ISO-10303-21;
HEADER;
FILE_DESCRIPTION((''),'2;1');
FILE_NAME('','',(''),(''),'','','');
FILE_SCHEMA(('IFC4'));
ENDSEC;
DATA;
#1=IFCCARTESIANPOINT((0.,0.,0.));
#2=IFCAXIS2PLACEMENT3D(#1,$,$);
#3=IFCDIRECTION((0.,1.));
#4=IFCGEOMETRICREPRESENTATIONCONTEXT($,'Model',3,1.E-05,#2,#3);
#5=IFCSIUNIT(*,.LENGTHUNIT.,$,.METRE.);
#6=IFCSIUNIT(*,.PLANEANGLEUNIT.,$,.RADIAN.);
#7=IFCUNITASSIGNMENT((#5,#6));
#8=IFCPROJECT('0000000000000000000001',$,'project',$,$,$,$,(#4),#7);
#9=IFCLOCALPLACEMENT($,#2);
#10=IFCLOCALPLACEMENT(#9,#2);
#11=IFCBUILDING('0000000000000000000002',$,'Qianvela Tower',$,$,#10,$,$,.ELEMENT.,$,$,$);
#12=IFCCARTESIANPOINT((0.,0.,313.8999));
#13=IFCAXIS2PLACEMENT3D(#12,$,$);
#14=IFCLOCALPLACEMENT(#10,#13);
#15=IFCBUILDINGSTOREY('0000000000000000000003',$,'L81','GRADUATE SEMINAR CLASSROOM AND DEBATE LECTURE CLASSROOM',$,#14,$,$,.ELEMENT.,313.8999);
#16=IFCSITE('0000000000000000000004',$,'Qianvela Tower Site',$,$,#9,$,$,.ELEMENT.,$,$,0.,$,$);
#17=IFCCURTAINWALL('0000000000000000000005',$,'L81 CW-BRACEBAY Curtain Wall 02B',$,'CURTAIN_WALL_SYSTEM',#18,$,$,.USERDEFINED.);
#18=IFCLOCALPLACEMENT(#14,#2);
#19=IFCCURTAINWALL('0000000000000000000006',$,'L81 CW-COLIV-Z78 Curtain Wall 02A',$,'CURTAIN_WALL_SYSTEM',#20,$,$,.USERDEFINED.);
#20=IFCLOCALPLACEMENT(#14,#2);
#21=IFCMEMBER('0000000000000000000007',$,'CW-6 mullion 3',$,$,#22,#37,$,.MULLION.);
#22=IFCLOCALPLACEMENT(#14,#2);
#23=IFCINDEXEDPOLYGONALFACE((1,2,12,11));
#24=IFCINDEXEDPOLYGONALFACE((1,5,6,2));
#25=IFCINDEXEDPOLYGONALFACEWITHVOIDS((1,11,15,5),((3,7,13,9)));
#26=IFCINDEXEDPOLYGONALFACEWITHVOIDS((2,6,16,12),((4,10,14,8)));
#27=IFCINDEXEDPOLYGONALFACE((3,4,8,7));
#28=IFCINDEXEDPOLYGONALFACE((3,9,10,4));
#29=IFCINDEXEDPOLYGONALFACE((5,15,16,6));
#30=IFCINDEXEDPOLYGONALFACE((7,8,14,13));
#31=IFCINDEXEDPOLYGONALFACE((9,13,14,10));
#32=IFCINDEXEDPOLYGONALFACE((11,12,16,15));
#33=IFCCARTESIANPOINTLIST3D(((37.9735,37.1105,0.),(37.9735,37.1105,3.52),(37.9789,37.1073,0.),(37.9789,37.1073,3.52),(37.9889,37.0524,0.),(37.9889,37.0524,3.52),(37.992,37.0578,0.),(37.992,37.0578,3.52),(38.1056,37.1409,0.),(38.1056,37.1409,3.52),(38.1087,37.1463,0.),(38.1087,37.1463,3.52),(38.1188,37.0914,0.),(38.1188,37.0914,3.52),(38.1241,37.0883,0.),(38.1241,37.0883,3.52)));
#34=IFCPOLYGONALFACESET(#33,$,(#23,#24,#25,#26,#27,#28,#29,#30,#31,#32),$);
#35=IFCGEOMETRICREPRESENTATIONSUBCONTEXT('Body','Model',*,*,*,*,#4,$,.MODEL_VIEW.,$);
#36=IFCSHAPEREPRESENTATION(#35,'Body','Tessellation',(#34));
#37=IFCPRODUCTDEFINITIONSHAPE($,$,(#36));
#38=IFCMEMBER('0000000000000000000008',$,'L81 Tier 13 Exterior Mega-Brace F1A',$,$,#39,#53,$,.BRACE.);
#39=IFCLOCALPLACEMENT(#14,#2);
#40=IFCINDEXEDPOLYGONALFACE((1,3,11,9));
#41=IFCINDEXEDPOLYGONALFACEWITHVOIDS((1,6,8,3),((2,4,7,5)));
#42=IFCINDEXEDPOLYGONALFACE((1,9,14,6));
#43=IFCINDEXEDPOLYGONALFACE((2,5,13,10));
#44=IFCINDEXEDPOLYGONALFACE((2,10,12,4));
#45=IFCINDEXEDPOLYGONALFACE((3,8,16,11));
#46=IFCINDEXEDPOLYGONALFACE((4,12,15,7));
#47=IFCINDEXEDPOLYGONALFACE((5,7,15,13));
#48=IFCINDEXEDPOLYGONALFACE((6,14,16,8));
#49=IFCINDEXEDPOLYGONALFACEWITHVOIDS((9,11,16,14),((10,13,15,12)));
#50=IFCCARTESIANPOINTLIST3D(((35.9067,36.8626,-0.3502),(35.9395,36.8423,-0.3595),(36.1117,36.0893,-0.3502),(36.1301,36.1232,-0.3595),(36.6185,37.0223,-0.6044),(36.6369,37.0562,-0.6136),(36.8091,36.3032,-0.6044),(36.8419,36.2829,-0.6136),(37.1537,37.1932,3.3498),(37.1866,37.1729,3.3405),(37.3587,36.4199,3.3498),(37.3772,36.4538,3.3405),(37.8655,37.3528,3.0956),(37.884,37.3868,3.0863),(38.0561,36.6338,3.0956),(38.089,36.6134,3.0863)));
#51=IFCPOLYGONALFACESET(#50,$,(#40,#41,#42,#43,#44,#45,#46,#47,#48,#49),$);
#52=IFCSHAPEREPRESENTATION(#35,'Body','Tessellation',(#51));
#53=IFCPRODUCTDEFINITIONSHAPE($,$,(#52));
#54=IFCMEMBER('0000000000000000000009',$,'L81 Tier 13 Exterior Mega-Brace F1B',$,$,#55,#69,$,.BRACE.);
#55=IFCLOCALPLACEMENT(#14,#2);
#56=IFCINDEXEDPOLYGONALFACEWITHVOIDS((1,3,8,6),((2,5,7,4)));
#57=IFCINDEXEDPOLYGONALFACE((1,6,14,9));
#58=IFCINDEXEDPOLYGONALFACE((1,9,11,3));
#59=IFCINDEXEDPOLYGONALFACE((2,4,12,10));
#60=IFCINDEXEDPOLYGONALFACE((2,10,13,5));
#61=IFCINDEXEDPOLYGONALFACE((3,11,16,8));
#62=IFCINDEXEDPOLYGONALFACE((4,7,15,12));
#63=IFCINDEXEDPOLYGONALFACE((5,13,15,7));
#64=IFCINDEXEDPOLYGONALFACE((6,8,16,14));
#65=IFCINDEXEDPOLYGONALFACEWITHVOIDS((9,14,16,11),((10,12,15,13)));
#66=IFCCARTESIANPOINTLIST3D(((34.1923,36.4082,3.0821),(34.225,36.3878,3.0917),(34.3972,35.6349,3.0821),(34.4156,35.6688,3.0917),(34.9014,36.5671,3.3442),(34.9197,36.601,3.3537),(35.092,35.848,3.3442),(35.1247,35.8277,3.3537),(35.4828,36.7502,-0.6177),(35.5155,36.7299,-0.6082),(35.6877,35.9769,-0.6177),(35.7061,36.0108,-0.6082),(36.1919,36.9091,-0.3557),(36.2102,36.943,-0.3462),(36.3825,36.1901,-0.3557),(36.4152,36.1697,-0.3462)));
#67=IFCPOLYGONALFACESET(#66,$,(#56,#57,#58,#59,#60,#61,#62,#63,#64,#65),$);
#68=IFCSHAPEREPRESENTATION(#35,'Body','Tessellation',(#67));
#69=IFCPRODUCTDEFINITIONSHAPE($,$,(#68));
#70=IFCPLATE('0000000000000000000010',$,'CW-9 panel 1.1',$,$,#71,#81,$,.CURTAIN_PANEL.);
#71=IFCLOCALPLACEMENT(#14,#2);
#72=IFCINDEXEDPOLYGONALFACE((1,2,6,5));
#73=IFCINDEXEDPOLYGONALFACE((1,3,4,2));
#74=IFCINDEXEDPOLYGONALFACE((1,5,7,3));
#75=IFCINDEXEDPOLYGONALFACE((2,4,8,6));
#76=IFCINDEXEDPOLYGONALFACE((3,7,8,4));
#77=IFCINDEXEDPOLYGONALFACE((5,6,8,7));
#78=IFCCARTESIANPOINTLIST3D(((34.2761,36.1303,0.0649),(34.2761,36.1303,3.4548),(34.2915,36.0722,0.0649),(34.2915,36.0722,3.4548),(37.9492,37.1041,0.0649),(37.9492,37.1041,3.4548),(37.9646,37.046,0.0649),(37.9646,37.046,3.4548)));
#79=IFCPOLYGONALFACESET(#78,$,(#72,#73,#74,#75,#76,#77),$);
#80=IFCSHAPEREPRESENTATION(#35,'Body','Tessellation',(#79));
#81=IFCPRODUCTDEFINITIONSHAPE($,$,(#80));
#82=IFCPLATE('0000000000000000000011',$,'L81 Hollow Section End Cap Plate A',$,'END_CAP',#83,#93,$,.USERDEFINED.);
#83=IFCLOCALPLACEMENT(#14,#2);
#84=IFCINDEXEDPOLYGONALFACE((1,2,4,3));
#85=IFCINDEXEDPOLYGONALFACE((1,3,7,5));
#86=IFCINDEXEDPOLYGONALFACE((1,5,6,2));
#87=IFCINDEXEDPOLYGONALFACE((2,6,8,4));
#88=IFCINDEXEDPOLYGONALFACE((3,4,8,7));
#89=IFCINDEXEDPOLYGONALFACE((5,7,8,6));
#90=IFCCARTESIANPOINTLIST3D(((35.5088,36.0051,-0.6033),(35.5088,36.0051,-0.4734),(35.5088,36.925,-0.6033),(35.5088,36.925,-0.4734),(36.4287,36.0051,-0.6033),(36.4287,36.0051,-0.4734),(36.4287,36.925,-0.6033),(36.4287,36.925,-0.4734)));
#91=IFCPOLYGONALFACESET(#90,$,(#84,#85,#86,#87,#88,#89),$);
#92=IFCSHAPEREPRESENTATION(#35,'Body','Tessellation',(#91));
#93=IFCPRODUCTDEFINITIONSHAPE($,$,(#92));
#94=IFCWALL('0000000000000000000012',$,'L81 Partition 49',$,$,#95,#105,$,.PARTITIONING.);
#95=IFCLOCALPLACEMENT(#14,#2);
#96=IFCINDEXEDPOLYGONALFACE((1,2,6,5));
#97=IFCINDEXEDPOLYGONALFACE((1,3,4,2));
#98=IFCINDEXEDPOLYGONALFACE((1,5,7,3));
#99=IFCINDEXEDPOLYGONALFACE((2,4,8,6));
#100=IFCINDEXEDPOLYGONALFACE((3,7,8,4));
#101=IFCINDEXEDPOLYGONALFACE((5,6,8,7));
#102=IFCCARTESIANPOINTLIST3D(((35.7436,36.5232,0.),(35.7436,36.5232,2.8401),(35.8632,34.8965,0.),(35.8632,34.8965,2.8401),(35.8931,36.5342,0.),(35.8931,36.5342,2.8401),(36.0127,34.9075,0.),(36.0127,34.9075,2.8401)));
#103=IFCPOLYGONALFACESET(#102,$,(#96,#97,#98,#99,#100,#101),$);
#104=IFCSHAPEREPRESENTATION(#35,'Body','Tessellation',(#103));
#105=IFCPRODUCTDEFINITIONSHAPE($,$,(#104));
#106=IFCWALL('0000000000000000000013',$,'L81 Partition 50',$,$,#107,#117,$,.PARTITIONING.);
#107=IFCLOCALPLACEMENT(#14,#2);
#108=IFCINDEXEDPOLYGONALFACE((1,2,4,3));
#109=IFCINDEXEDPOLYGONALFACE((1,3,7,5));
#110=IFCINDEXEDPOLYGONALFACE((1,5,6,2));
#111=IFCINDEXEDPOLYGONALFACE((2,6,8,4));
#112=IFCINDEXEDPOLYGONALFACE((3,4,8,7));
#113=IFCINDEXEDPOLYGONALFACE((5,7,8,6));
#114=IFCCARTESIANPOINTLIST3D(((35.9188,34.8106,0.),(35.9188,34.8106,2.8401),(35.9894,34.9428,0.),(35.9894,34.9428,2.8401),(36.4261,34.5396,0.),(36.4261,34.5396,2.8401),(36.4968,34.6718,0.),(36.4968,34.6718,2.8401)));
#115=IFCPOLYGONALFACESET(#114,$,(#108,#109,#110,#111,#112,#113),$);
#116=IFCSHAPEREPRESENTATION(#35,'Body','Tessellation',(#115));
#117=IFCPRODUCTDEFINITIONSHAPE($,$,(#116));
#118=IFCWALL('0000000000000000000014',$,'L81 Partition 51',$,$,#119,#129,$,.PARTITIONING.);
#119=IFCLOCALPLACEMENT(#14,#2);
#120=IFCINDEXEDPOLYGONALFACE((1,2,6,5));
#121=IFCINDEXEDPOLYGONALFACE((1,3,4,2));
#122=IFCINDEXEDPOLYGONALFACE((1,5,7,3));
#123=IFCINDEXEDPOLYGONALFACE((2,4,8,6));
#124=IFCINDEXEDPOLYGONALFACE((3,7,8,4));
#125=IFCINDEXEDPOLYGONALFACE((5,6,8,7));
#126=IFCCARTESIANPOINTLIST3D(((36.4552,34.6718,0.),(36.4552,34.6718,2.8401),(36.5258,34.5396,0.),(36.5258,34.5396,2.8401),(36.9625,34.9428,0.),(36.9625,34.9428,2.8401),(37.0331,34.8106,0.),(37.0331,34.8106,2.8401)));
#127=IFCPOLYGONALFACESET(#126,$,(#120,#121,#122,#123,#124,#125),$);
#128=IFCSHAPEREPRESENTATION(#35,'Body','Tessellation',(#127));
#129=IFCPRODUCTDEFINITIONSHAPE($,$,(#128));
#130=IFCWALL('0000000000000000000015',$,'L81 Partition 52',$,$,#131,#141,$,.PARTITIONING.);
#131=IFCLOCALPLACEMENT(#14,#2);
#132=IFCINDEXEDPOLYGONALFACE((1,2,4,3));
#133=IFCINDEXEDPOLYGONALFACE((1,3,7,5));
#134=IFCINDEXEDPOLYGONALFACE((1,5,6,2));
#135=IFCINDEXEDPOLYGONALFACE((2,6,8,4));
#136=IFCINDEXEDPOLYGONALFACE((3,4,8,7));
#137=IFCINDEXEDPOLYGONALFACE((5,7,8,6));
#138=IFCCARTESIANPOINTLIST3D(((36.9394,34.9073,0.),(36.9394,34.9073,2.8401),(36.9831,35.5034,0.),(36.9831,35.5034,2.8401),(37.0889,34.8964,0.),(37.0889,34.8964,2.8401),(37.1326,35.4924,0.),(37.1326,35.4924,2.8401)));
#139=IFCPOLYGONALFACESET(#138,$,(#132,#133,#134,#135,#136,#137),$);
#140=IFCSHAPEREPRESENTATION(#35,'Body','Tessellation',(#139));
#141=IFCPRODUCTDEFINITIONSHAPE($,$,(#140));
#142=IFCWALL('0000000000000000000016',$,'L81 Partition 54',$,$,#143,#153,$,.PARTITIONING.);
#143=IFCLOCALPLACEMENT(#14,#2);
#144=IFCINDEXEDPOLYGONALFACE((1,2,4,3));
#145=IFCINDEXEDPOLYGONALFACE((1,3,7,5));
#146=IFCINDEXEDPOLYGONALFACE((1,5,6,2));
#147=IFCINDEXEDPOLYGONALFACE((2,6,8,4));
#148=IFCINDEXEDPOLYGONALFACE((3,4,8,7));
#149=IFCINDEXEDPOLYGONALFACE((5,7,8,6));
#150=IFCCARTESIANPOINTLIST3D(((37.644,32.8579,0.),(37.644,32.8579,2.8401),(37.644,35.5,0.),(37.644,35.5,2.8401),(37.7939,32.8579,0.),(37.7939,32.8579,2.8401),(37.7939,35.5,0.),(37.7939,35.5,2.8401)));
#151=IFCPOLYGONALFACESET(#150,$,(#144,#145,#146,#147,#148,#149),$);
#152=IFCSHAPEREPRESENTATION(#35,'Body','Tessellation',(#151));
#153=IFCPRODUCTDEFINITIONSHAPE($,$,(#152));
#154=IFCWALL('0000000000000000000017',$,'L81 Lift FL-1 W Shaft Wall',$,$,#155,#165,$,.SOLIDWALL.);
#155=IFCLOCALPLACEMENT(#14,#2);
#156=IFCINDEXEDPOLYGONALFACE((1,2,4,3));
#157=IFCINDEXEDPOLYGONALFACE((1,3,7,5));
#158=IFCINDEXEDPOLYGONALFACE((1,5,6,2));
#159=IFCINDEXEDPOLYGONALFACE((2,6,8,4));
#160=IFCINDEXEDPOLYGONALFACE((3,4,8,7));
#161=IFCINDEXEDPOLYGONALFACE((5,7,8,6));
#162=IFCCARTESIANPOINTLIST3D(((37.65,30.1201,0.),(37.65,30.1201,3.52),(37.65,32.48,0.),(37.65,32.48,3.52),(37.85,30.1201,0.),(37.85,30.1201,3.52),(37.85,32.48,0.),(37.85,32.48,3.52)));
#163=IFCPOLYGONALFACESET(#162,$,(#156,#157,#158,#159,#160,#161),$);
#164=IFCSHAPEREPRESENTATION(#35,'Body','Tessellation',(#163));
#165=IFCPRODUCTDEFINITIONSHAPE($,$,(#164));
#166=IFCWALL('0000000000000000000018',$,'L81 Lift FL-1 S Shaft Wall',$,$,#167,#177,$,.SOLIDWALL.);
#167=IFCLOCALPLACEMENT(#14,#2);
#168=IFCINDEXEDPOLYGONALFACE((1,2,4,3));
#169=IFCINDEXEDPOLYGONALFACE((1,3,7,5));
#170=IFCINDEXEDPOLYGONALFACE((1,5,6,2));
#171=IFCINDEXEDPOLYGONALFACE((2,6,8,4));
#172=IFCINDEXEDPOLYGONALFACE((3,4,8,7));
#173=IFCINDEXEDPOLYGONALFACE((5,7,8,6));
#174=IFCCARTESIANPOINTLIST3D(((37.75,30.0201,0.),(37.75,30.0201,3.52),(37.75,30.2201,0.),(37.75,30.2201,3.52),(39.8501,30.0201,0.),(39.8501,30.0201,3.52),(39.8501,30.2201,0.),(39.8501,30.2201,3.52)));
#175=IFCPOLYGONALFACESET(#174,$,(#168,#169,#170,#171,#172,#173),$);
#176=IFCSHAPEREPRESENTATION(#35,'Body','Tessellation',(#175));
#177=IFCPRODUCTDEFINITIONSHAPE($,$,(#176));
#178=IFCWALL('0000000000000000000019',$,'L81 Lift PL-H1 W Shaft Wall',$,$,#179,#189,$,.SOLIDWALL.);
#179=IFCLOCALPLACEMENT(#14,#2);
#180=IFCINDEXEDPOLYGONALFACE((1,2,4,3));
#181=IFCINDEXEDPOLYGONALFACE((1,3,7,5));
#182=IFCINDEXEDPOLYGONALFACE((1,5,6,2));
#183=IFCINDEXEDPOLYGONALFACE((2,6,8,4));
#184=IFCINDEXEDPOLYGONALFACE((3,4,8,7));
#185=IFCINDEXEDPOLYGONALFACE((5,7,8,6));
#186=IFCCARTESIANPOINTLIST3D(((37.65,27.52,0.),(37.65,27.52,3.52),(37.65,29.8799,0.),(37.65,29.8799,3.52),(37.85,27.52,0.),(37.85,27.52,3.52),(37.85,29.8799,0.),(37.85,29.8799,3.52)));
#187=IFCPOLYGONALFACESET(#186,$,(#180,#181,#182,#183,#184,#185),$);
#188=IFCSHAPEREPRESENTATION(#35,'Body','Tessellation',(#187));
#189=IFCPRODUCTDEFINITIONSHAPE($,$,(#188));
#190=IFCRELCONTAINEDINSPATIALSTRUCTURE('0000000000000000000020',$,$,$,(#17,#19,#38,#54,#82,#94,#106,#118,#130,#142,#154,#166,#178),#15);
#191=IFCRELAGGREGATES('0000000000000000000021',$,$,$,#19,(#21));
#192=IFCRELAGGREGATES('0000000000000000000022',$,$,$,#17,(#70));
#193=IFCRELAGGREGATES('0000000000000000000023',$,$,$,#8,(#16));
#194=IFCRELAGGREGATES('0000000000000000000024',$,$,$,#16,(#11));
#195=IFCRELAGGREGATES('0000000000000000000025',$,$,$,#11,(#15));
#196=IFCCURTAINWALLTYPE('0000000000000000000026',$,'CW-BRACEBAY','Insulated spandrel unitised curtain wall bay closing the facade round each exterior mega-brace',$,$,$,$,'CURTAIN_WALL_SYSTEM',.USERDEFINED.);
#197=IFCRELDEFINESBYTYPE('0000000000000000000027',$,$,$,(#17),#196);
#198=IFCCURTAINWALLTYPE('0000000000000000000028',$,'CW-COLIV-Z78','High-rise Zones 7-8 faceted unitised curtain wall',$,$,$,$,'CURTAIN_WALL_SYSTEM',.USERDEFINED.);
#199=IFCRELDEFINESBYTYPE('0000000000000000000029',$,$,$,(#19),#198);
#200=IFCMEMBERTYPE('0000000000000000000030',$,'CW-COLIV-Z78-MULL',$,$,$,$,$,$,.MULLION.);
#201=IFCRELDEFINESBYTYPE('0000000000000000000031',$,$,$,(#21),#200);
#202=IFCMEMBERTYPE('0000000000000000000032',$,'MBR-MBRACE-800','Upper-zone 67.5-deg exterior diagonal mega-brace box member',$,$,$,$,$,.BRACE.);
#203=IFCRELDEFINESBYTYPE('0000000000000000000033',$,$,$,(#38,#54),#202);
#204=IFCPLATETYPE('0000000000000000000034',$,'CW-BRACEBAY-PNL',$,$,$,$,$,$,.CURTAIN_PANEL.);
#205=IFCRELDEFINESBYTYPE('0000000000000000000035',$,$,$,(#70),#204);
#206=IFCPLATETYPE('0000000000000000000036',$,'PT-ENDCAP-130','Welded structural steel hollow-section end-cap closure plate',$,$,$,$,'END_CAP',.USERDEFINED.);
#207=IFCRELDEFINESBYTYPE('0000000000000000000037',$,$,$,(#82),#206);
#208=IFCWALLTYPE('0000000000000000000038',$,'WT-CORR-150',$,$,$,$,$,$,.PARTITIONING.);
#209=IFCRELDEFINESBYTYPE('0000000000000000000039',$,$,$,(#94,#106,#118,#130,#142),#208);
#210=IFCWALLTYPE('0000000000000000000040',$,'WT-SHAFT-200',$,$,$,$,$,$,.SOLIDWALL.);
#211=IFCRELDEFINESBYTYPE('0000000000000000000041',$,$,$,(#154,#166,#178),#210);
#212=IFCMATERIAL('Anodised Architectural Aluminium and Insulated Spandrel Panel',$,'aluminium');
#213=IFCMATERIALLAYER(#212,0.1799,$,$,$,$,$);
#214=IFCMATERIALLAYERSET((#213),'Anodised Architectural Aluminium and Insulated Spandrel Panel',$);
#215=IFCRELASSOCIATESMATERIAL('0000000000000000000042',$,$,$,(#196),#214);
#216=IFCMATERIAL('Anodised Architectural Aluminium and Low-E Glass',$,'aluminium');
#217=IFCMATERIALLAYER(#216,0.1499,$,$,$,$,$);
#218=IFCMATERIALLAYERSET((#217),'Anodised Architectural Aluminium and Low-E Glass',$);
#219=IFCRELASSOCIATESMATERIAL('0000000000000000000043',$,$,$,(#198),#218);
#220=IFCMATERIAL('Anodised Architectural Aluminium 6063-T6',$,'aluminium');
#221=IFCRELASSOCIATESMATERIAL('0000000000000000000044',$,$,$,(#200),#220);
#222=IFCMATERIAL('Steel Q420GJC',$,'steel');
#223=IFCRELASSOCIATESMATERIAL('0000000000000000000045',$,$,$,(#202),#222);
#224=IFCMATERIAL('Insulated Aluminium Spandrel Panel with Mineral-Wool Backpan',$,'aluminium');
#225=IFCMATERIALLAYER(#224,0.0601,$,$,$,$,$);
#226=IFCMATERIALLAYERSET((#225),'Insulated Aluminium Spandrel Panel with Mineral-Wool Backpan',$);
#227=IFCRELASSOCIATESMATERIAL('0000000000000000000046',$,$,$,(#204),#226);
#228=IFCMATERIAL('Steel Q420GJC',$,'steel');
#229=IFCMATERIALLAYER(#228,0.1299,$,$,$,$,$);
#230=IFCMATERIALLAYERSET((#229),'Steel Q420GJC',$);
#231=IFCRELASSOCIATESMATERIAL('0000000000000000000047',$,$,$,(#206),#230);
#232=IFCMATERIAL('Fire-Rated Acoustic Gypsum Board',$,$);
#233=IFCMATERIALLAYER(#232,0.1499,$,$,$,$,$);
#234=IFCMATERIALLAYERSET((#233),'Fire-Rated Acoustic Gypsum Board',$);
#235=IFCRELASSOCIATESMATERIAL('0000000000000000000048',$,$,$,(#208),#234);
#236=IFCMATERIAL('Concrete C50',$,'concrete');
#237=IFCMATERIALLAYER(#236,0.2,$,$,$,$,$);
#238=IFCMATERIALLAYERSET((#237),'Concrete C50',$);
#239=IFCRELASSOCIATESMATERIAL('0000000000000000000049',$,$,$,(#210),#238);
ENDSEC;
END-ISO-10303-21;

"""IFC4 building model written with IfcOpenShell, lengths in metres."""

from ifc_helpers import new_model, si_unit, direction, frame, frame_2d, origin, origin_2d, place, context, subcontext, project, spatial, rectangle, hollow_rectangle, extrude, material, layer, layer_set, material_profile, profile_set, type_object, element, aggregate, save


model = new_model("IFC4")

# Units and contexts
model_context = context("Model", 3, precision=1e-05, world=origin(), true_north=direction((0.0, 1.0)))
body_context = subcontext(model_context, "Body", "Model", "MODEL_VIEW")
ifc_project = project(units=[si_unit("LENGTHUNIT", "METRE"), si_unit("PLANEANGLEUNIT", "RADIAN")], contexts=[model_context])

# Site, building, storey
site_placement = place(None, origin())
site = spatial("IfcSite", under=ifc_project, at=site_placement, Name="Qianvela Tower Site", CompositionType="ELEMENT", RefElevation=0.0)
building_placement = place(site_placement, origin())
building = spatial("IfcBuilding", under=site, at=building_placement, Name="Qianvela Tower", CompositionType="ELEMENT")
storey_placement = place(building_placement, frame((0.0, 0.0, 313.8999)))
storey = spatial("IfcBuildingStorey", under=building, at=storey_placement, Name="L81", Description="GRADUATE SEMINAR CLASSROOM AND DEBATE LECTURE CLASSROOM", CompositionType="ELEMENT", Elevation=313.8999)

# Curtain wall
ifc_material_1 = material(Name="Anodised Architectural Aluminium and Insulated Spandrel Panel", Category="aluminium")
ifc_layer_1 = layer(ifc_material_1, 0.1799)
ifc_layer_set_1 = layer_set([ifc_layer_1], Name="Anodised Architectural Aluminium and Insulated Spandrel Panel")
curtain_wall_type_1 = type_object("IfcCurtainWallType", Name="CW-BRACEBAY", Description="Insulated spandrel unitised curtain wall bay closing the facade round each exterior mega-brace", ElementType="CURTAIN_WALL_SYSTEM", PredefinedType="USERDEFINED", material=ifc_layer_set_1)
curtain_wall_1_placement = place(storey_placement, origin())
curtain_wall_1 = element("IfcCurtainWall", 1, at=curtain_wall_1_placement, inside=storey, type_object=curtain_wall_type_1, Name="L81 CW-BRACEBAY Curtain Wall 02B", ObjectType="CURTAIN_WALL_SYSTEM", PredefinedType="USERDEFINED")

# Curtain wall, member
ifc_material_2 = material(Name="Anodised Architectural Aluminium and Low-E Glass", Category="aluminium")
ifc_layer_2 = layer(ifc_material_2, 0.1499)
ifc_layer_set_2 = layer_set([ifc_layer_2], Name="Anodised Architectural Aluminium and Low-E Glass")
curtain_wall_type_2 = type_object("IfcCurtainWallType", Name="CW-COLIV-Z78", Description="High-rise Zones 7-8 faceted unitised curtain wall", ElementType="CURTAIN_WALL_SYSTEM", PredefinedType="USERDEFINED", material=ifc_layer_set_2)
curtain_wall_2_placement = place(storey_placement, origin())
curtain_wall_2 = element("IfcCurtainWall", 2, at=curtain_wall_2_placement, inside=storey, type_object=curtain_wall_type_2, Name="L81 CW-COLIV-Z78 Curtain Wall 02A", ObjectType="CURTAIN_WALL_SYSTEM", PredefinedType="USERDEFINED")
ifc_material_3 = material(Name="Anodised Architectural Aluminium 6063-T6", Category="aluminium")
ifc_material_profile_1 = material_profile(ifc_material_3, hollow_rectangle(XDim=0.0601, YDim=0.1399, WallThickness=0.0044, at=origin_2d()), Name="ALU-MULL-60x140")
ifc_profile_set_1 = profile_set([ifc_material_profile_1], Name="Anodised Architectural Aluminium 6063-T6")
member_type_1 = type_object("IfcMemberType", Name="CW-COLIV-Z78-MULL", PredefinedType="MULLION", material=ifc_profile_set_1)
member_1_placement = place(storey_placement, frame((38.0488, 37.0994, 0.0), z_axis=(0.0, 0.0, 1.0), x_axis=(0.256236, -0.966614, 0.0)))
member_1 = element("IfcMember", 3, at=member_1_placement, type_object=member_type_1, Name="CW-6 mullion 3", PredefinedType="MULLION", context=body_context, shape_type="SweptSolid", body=[
    extrude(hollow_rectangle(XDim=0.0601, YDim=0.1399, WallThickness=0.0044, at=origin_2d()), origin(), (0.0, 0.0, 1.0), 3.52),
])
aggregate(curtain_wall_2, [member_1])

# Members
ifc_material_4 = material(Name="Steel Q420GJC", Category="steel")
ifc_material_profile_2 = material_profile(ifc_material_4, hollow_rectangle(XDim=0.8, YDim=0.8, WallThickness=0.0281, at=origin_2d()), Name="MBOX-800x800x28")
ifc_profile_set_2 = profile_set([ifc_material_profile_2], Name="Steel Q420GJC")
member_type_2 = type_object("IfcMemberType", Name="MBR-MBRACE-800", Description="Upper-zone 67.5-deg exterior diagonal mega-brace box member", PredefinedType="BRACE", material=ifc_profile_set_2)
member_2_placement = place(storey_placement, frame((36.3743, 36.5728, -0.4819), z_axis=(0.318258, 0.084362, 0.944243), x_axis=(-0.256225, 0.966617, 0.0)))
element("IfcMember", 4, at=member_2_placement, inside=storey, type_object=member_type_2, Name="L81 Tier 13 Exterior Mega-Brace F1A", PredefinedType="BRACE", context=body_context, shape_type="SweptSolid", body=[
    extrude(hollow_rectangle(XDim=0.8, YDim=0.8, WallThickness=0.0281, at=origin_2d()), origin(), (0.0, 0.0, 1.0), 3.9185),
])
member_3_placement = place(storey_placement, frame((35.949, 36.46, -0.4819), z_axis=(-0.32809, -0.086957, 0.940636), x_axis=(0.256194, -0.966625, 0.0)))
element("IfcMember", 5, at=member_3_placement, inside=storey, type_object=member_type_2, Name="L81 Tier 13 Exterior Mega-Brace F1B", PredefinedType="BRACE", context=body_context, shape_type="SweptSolid", body=[
    extrude(hollow_rectangle(XDim=0.8, YDim=0.8, WallThickness=0.0281, at=origin_2d()), origin(), (0.0, 0.0, 1.0), 3.9333),
])

# Plates
ifc_material_5 = material(Name="Insulated Aluminium Spandrel Panel with Mineral-Wool Backpan", Category="aluminium")
ifc_layer_3 = layer(ifc_material_5, 0.0601)
ifc_layer_set_3 = layer_set([ifc_layer_3], Name="Insulated Aluminium Spandrel Panel with Mineral-Wool Backpan")
plate_type_1 = type_object("IfcPlateType", Name="CW-BRACEBAY-PNL", PredefinedType="CURTAIN_PANEL", material=ifc_layer_set_3)
plate_1_placement = place(storey_placement, frame((36.1204, 36.5881, 0.0649), z_axis=(0.0, 0.0, 1.0), x_axis=(-0.966609, -0.256258, 0.0)))
plate_1 = element("IfcPlate", 6, at=plate_1_placement, type_object=plate_type_1, Name="CW-9 panel 1.1", PredefinedType="CURTAIN_PANEL", context=body_context, shape_type="SweptSolid", body=[
    extrude(rectangle(XDim=3.8, YDim=0.0601, at=origin_2d()), origin(), (0.0, 0.0, 1.0), 3.3899),
])
aggregate(curtain_wall_1, [plate_1])
ifc_material_6 = material(Name="Steel Q420GJC", Category="steel")
ifc_layer_4 = layer(ifc_material_6, 0.1299)
ifc_layer_set_4 = layer_set([ifc_layer_4], Name="Steel Q420GJC")
plate_type_2 = type_object("IfcPlateType", Name="PT-ENDCAP-130", Description="Welded structural steel hollow-section end-cap closure plate", ElementType="END_CAP", PredefinedType="USERDEFINED", material=ifc_layer_set_4)
plate_2_placement = place(storey_placement, frame((35.9688, 36.4651, -0.6033), z_axis=(0.0, 0.0, 1.0), x_axis=(1.0, 0.0, 0.0)))
element("IfcPlate", 7, at=plate_2_placement, inside=storey, type_object=plate_type_2, Name="L81 Hollow Section End Cap Plate A", ObjectType="END_CAP", PredefinedType="USERDEFINED", context=body_context, shape_type="SweptSolid", body=[
    extrude(rectangle(XDim=0.9199, YDim=0.9199, at=origin_2d()), origin(), (0.0, 0.0, 1.0), 0.1299),
])

# Walls
ifc_material_7 = material(Name="Fire-Rated Acoustic Gypsum Board")
ifc_layer_5 = layer(ifc_material_7, 0.1499)
ifc_layer_set_5 = layer_set([ifc_layer_5], Name="Fire-Rated Acoustic Gypsum Board")
wall_type_1 = type_object("IfcWallType", Name="WT-CORR-150", PredefinedType="PARTITIONING", material=ifc_layer_set_5)
wall_1_placement = place(storey_placement, frame((35.8184, 36.5286, 0.0), z_axis=(0.0, 0.0, 1.0), x_axis=(0.073342, -0.997307, 0.0)))
element("IfcWall", 8, at=wall_1_placement, inside=storey, type_object=wall_type_1, Name="L81 Partition 49", PredefinedType="PARTITIONING", context=body_context, shape_type="SweptSolid", body=[
    extrude(rectangle(XDim=1.6311, YDim=0.1499, at=frame_2d((0.8154, 0.0))), origin(), (0.0, 0.0, 1.0), 2.8401),
])
for number, where, z_axis, x_axis, name in (
    (9, (35.9541, 34.8767, 0.0), (0.0, 0.0, 1.0), (0.882047, -0.471161, 0.0), "L81 Partition 50"),
    (10, (36.4905, 34.6057, 0.0), (0.0, 0.0, 1.0), (0.882047, 0.471161, 0.0), "L81 Partition 51"),
):
    element("IfcWall", number, at=place(storey_placement, frame(where, z_axis=z_axis, x_axis=x_axis)), inside=storey, type_object=wall_type_1, Name=name, PredefinedType="PARTITIONING", context=body_context, shape_type="SweptSolid", body=[
        extrude(rectangle(XDim=0.5752, YDim=0.1499, at=frame_2d((0.2876, 0.0))), origin(), (0.0, 0.0, 1.0), 2.8401),
    ])
wall_2_placement = place(storey_placement, frame((37.0142, 34.9019, 0.0), z_axis=(0.0, 0.0, 1.0), x_axis=(0.073134, 0.997322, 0.0)))
element("IfcWall", 11, at=wall_2_placement, inside=storey, type_object=wall_type_1, Name="L81 Partition 52", PredefinedType="PARTITIONING", context=body_context, shape_type="SweptSolid", body=[
    extrude(rectangle(XDim=0.5977, YDim=0.1499, at=frame_2d((0.2988, 0.0))), origin(), (0.0, 0.0, 1.0), 2.8401),
])
wall_3_placement = place(storey_placement, frame((37.719, 35.5, 0.0), z_axis=(0.0, 0.0, 1.0), x_axis=(0.0, -1.0, 0.0)))
element("IfcWall", 12, at=wall_3_placement, inside=storey, type_object=wall_type_1, Name="L81 Partition 54", PredefinedType="PARTITIONING", context=body_context, shape_type="SweptSolid", body=[
    extrude(rectangle(XDim=2.6421, YDim=0.1499, at=frame_2d((1.321, 0.0))), origin(), (0.0, 0.0, 1.0), 2.8401),
])
ifc_material_8 = material(Name="Concrete C50", Category="concrete")
ifc_layer_6 = layer(ifc_material_8, 0.2)
ifc_layer_set_6 = layer_set([ifc_layer_6], Name="Concrete C50")
wall_type_2 = type_object("IfcWallType", Name="WT-SHAFT-200", PredefinedType="SOLIDWALL", material=ifc_layer_set_6)
wall_4_placement = place(storey_placement, frame((37.75, 30.1201, 0.0), z_axis=(0.0, 0.0, 1.0), x_axis=(0.0, 1.0, 0.0)))
element("IfcWall", 13, at=wall_4_placement, inside=storey, type_object=wall_type_2, Name="L81 Lift FL-1 W Shaft Wall", PredefinedType="SOLIDWALL", context=body_context, shape_type="SweptSolid", body=[
    extrude(rectangle(XDim=2.3599, YDim=0.2, at=frame_2d((1.1799, 0.0))), origin(), (0.0, 0.0, 1.0), 3.52),
])
wall_5_placement = place(storey_placement, frame((37.75, 30.1201, 0.0), z_axis=(0.0, 0.0, 1.0), x_axis=(1.0, 0.0, 0.0)))
element("IfcWall", 14, at=wall_5_placement, inside=storey, type_object=wall_type_2, Name="L81 Lift FL-1 S Shaft Wall", PredefinedType="SOLIDWALL", context=body_context, shape_type="SweptSolid", body=[
    extrude(rectangle(XDim=2.1001, YDim=0.2, at=frame_2d((1.05, 0.0))), origin(), (0.0, 0.0, 1.0), 3.52),
])

# Wall
wall_6_placement = place(storey_placement, frame((37.75, 27.52, 0.0), z_axis=(0.0, 0.0, 1.0), x_axis=(0.0, 1.0, 0.0)))
element("IfcWall", 15, at=wall_6_placement, inside=storey, type_object=wall_type_2, Name="L81 Lift PL-H1 W Shaft Wall", PredefinedType="SOLIDWALL", context=body_context, shape_type="SweptSolid", body=[
    extrude(rectangle(XDim=2.3599, YDim=0.2, at=frame_2d((1.1799, 0.0))), origin(), (0.0, 0.0, 1.0), 3.52),
])

save(model, "model.ifc")
